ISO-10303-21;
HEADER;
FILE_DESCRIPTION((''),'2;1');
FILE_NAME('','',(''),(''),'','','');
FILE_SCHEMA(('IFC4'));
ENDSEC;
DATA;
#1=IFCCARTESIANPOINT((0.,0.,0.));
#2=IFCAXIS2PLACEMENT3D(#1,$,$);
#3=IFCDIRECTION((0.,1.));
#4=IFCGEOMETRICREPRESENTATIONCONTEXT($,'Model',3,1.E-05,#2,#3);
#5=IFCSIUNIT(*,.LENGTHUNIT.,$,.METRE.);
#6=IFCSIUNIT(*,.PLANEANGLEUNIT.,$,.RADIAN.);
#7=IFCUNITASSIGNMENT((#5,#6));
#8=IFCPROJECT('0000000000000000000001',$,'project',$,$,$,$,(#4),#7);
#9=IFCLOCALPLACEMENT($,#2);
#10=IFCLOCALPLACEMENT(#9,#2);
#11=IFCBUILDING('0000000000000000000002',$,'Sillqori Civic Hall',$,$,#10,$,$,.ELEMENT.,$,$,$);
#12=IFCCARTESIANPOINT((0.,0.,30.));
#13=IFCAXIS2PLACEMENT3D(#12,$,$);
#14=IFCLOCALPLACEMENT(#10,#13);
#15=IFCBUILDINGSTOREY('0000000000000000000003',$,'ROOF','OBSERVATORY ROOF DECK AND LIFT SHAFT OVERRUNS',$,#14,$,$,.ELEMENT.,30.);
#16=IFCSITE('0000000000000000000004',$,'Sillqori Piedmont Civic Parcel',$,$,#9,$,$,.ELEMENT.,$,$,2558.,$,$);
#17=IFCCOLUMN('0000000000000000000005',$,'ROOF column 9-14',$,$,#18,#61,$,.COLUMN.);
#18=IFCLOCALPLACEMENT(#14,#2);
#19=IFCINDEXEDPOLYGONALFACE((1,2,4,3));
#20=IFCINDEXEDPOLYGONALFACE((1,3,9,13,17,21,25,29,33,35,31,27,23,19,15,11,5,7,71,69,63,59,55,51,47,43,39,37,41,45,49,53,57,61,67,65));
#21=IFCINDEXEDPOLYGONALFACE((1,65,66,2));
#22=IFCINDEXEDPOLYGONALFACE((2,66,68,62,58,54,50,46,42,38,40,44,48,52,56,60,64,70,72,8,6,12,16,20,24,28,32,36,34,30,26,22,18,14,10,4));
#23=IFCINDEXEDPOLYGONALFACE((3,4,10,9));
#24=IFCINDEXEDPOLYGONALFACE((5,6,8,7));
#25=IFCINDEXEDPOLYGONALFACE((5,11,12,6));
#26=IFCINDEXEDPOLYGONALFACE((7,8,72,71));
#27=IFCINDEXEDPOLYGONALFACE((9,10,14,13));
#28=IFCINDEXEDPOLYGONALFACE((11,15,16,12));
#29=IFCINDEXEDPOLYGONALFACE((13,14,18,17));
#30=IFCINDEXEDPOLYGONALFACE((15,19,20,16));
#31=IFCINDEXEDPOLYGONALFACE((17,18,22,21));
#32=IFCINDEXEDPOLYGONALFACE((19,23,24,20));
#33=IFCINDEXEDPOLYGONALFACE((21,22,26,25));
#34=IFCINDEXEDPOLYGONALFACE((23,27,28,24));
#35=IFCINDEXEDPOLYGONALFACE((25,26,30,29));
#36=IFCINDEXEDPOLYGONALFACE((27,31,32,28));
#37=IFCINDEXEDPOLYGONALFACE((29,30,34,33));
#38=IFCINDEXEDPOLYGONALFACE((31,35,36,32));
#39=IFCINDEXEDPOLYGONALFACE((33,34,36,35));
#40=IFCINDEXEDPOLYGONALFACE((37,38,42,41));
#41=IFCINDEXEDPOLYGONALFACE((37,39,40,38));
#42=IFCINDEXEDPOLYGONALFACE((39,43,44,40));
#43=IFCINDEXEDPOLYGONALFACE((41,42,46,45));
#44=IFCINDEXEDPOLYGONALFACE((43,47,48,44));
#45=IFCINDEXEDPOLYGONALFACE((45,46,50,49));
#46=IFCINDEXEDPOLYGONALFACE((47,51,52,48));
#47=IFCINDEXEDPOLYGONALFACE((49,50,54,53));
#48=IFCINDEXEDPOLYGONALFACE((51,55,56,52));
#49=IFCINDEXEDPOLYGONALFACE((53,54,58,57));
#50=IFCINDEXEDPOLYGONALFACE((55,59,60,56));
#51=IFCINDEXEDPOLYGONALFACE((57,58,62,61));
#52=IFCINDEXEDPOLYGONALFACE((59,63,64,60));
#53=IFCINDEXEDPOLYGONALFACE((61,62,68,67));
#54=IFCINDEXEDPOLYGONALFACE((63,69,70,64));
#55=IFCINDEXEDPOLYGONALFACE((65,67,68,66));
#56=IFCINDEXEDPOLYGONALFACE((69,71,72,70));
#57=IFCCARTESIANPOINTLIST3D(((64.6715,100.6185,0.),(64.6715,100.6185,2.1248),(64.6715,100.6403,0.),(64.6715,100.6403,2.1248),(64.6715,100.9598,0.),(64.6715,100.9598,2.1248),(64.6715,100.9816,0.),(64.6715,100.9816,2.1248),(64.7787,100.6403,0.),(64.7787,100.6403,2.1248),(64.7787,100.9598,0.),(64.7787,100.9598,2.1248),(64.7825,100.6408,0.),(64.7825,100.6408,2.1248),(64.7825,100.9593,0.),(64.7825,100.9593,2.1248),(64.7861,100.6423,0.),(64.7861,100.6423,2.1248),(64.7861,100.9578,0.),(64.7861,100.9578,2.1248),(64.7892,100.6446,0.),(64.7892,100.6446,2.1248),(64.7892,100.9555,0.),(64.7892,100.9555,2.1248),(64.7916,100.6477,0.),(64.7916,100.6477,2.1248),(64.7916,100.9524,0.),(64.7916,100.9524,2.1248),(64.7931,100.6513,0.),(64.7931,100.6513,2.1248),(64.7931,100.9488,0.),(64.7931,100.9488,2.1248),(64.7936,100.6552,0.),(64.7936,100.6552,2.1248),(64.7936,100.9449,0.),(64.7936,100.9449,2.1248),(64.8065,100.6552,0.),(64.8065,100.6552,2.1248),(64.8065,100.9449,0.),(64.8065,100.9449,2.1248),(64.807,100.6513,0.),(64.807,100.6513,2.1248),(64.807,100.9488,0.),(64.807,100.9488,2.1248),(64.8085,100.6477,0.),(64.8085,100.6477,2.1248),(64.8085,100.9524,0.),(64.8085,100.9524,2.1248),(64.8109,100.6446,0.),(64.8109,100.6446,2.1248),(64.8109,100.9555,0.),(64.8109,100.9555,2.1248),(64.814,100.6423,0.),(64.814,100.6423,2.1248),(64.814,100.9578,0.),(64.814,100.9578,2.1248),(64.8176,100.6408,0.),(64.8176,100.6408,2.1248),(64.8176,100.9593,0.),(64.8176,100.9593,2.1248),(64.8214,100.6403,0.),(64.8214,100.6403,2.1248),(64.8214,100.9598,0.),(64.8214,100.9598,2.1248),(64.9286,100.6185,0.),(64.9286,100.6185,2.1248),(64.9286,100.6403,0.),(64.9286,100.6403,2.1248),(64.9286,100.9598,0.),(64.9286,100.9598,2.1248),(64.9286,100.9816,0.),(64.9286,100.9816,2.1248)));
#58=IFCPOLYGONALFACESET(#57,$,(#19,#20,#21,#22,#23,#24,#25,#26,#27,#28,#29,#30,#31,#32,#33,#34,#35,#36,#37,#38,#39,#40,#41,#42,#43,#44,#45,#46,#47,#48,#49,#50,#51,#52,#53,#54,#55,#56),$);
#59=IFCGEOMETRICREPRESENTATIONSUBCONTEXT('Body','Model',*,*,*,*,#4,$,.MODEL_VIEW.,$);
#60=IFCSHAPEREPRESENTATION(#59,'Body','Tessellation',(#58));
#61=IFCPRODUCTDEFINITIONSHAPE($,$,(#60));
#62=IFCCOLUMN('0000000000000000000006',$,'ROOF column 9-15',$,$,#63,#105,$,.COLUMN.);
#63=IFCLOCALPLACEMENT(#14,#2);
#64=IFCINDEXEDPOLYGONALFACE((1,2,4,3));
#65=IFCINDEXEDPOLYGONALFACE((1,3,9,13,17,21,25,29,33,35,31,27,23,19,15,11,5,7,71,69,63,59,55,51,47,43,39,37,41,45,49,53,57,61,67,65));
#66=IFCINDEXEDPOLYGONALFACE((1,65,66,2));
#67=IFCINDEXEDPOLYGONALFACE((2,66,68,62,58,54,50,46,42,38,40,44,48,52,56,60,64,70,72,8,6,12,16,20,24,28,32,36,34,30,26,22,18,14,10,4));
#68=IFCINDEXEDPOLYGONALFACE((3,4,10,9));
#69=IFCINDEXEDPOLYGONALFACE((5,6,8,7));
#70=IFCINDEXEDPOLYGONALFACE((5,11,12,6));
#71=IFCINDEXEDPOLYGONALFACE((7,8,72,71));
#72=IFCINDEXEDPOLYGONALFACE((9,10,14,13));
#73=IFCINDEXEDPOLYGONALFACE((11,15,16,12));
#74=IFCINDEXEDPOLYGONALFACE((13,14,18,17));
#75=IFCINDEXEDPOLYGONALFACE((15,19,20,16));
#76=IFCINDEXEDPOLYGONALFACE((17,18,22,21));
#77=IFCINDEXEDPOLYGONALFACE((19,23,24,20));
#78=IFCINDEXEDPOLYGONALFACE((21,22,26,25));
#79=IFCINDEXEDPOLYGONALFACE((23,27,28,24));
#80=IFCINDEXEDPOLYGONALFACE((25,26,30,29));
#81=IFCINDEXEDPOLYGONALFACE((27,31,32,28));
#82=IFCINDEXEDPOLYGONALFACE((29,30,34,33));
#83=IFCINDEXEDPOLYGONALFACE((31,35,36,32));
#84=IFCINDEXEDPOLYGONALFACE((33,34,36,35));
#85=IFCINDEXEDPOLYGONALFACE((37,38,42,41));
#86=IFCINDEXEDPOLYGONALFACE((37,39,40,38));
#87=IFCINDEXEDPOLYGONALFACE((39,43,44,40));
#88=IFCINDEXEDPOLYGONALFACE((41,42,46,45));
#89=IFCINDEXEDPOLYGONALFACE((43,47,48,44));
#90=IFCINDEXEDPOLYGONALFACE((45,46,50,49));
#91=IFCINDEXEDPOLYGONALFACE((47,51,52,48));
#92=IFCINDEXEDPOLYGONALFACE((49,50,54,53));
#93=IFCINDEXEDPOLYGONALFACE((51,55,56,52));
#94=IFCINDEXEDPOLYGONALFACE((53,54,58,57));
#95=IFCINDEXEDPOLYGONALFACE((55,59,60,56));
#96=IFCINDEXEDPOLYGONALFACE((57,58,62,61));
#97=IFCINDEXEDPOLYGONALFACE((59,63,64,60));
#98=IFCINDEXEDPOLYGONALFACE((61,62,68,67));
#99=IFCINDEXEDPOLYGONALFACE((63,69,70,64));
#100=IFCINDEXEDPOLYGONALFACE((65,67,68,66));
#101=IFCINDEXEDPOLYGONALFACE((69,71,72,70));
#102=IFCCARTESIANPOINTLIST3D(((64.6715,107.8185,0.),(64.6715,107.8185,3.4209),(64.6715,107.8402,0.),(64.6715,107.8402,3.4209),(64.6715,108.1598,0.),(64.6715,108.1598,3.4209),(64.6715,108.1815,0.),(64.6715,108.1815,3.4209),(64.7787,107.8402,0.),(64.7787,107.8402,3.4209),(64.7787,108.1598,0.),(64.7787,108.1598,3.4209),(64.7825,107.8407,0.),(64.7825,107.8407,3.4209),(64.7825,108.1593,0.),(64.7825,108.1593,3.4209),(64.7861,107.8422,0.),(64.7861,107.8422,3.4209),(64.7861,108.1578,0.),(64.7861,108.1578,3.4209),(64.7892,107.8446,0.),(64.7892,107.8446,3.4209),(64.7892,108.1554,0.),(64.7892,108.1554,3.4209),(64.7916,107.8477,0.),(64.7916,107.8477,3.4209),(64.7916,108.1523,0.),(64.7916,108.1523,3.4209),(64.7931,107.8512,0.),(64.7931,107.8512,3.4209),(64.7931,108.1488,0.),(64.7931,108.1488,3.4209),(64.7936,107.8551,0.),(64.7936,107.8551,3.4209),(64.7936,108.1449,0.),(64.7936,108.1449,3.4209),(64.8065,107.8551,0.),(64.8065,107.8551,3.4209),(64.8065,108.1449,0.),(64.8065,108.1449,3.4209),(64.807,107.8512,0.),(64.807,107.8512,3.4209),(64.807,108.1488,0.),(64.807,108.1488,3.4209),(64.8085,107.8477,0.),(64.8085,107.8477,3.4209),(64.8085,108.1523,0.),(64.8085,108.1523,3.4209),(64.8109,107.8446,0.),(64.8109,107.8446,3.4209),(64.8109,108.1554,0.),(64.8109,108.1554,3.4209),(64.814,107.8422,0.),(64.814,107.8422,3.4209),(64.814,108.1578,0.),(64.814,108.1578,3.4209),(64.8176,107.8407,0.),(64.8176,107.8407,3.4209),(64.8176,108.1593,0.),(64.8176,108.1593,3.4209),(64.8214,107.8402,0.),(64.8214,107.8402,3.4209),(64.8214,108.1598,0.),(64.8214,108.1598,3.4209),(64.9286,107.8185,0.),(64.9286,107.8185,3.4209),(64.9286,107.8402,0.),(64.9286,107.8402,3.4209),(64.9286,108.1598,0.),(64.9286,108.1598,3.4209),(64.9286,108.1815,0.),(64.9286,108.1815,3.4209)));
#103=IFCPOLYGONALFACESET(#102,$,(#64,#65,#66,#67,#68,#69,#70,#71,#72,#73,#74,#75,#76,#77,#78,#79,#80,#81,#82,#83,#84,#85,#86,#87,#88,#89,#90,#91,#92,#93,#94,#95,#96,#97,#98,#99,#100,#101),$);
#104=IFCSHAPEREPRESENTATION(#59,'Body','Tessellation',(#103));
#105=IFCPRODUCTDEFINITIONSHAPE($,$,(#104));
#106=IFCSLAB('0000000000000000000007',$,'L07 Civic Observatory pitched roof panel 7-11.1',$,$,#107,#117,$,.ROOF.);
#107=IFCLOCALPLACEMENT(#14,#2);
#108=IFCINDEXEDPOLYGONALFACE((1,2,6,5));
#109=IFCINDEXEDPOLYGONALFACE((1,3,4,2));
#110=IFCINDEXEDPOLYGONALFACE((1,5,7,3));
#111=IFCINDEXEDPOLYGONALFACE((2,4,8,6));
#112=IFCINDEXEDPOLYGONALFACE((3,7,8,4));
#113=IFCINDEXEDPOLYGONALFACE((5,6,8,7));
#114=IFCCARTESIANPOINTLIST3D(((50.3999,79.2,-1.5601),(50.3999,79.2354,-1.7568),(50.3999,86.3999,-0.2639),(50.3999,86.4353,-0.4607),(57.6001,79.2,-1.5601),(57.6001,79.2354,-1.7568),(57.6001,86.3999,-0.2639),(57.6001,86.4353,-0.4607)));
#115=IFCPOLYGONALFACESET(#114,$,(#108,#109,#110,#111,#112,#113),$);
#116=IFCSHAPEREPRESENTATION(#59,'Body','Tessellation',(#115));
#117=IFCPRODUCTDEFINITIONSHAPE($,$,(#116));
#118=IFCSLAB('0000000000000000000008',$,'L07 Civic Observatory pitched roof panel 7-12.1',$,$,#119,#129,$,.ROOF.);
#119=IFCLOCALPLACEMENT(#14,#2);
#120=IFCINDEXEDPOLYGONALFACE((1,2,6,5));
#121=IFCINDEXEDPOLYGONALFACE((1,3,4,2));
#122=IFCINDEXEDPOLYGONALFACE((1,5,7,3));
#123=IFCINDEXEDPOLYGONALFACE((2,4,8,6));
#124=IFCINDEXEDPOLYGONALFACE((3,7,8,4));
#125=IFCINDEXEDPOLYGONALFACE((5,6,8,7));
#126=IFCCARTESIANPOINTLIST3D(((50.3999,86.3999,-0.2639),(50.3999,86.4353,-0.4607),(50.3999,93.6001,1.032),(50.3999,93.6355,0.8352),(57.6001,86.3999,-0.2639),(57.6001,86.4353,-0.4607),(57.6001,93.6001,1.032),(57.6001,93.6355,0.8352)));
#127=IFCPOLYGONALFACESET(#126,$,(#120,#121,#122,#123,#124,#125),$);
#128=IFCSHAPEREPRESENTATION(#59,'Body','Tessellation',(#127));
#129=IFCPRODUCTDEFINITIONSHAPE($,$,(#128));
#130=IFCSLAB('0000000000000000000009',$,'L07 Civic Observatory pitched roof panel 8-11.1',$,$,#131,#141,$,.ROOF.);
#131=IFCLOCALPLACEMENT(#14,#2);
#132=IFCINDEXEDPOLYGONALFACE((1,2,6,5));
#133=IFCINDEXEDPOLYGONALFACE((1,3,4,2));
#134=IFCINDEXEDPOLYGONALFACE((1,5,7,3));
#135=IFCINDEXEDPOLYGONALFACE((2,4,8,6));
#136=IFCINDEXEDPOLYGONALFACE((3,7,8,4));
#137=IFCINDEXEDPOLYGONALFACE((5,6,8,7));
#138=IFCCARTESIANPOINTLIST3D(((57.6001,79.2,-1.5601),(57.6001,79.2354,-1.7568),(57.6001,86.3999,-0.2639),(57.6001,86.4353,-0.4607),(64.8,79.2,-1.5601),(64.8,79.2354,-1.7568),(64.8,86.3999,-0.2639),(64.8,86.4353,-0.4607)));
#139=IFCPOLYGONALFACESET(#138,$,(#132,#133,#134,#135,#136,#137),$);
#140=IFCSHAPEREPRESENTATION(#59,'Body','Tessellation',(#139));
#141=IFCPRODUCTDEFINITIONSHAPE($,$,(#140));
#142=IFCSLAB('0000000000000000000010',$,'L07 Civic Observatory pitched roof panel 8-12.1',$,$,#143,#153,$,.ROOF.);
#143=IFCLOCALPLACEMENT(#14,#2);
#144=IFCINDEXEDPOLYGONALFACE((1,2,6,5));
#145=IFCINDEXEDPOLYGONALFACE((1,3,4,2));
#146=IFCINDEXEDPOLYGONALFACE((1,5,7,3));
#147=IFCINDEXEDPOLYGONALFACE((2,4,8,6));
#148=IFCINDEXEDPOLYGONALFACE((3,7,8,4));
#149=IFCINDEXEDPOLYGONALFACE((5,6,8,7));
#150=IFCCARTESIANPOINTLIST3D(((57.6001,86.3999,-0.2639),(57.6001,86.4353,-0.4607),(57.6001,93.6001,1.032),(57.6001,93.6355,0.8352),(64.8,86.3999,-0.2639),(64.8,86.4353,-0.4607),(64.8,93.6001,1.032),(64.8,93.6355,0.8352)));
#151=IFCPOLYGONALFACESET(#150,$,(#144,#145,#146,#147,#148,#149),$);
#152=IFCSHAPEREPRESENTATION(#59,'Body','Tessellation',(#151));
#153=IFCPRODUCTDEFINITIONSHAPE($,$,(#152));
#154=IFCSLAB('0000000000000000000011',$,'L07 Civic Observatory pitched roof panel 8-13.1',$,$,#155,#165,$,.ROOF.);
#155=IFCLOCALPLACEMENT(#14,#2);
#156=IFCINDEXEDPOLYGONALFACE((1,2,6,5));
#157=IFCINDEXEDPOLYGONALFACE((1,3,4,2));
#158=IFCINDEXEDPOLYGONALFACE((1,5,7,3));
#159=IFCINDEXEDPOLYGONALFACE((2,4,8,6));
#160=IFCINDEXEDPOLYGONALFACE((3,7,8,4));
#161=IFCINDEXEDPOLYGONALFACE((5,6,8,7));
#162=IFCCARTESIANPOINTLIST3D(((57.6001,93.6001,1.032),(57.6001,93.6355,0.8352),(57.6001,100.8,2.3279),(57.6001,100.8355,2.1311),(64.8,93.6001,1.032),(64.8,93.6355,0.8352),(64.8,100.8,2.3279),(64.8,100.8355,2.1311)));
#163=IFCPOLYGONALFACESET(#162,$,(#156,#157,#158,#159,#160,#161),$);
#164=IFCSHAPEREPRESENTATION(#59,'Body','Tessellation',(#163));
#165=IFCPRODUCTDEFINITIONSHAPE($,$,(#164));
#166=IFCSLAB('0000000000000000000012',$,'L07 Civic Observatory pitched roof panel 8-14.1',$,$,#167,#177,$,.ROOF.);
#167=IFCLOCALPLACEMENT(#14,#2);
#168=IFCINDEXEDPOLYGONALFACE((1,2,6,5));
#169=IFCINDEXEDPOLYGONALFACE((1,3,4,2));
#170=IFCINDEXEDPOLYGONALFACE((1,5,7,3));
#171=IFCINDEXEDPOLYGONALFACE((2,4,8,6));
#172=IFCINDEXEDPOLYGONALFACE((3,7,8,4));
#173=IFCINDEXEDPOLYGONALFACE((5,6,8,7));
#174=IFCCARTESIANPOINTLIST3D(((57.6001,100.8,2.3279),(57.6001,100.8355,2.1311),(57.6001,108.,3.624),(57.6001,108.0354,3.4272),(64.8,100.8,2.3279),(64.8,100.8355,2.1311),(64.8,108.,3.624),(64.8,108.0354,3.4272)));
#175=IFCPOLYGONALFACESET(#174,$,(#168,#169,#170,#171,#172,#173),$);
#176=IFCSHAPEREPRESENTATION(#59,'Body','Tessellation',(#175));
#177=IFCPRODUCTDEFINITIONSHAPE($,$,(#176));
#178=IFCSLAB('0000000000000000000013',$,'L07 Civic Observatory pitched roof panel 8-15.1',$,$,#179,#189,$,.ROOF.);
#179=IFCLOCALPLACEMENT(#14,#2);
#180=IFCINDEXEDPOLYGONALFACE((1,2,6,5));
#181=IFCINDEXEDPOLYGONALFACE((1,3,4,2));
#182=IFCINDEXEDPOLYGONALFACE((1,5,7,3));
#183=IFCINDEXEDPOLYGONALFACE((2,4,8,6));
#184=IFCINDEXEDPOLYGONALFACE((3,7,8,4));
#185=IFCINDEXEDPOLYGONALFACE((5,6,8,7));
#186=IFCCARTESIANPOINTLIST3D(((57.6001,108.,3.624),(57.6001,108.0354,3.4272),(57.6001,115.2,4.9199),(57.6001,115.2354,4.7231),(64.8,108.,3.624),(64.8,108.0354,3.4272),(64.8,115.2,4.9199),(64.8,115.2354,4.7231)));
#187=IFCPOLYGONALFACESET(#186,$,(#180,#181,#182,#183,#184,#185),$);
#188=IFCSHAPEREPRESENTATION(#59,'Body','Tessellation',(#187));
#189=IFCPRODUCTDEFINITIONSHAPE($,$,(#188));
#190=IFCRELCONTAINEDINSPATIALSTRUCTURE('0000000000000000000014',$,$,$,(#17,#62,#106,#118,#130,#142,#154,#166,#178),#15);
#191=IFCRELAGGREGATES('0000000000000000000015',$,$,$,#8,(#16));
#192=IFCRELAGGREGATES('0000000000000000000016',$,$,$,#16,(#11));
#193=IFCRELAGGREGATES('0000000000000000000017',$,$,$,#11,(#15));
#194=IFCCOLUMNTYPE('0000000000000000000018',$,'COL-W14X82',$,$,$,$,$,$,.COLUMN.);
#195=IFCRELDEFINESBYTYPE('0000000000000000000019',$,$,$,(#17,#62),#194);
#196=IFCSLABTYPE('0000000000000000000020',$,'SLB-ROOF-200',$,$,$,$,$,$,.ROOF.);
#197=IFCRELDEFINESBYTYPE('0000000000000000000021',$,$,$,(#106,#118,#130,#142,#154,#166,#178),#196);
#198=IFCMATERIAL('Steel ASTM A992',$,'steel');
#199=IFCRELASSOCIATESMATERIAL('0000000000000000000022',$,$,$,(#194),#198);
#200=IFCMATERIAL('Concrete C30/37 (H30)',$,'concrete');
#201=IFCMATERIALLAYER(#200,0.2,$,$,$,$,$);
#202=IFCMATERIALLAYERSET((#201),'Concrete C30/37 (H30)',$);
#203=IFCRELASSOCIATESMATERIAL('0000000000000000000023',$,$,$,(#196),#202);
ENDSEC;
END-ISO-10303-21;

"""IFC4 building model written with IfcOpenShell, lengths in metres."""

from ifc_helpers import new_model, si_unit, direction, frame, origin, origin_2d, place, context, subcontext, project, spatial, polyline, i_section, outline, extrude, material, layer, layer_set, material_profile, profile_set, type_object, element, save


model = new_model("IFC4")

# Units and contexts
model_context = context("Model", 3, precision=1e-05, world=origin(), true_north=direction((0.0, 1.0)))
body_context = subcontext(model_context, "Body", "Model", "MODEL_VIEW")
ifc_project = project(units=[si_unit("LENGTHUNIT", "METRE"), si_unit("PLANEANGLEUNIT", "RADIAN")], contexts=[model_context])

# Site, building, storey
site_placement = place(None, origin())
site = spatial("IfcSite", under=ifc_project, at=site_placement, Name="Sillqori Piedmont Civic Parcel", CompositionType="ELEMENT", RefElevation=2558.0)
building_placement = place(site_placement, origin())
building = spatial("IfcBuilding", under=site, at=building_placement, Name="Sillqori Civic Hall", CompositionType="ELEMENT")
storey_placement = place(building_placement, frame((0.0, 0.0, 30.0)))
storey = spatial("IfcBuildingStorey", under=building, at=storey_placement, Name="ROOF", Description="OBSERVATORY ROOF DECK AND LIFT SHAFT OVERRUNS", CompositionType="ELEMENT", Elevation=30.0)

# Columns
ifc_material_1 = material(Name="Steel ASTM A992", Category="steel")
ifc_material_profile_1 = material_profile(ifc_material_1, i_section(OverallWidth=0.2571, OverallDepth=0.363, WebThickness=0.0129, FlangeThickness=0.0217, FilletRadius=0.0149, at=origin_2d()), Name="W14X82")
ifc_profile_set_1 = profile_set([ifc_material_profile_1], Name="Steel ASTM A992")
column_type_1 = type_object("IfcColumnType", Name="COL-W14X82", PredefinedType="COLUMN", material=ifc_profile_set_1)
column_1_placement = place(storey_placement, frame((64.8, 100.8, 0.0), z_axis=(0.0, 0.0, 1.0), x_axis=(1.0, 0.0, 0.0)))
element("IfcColumn", 1, at=column_1_placement, inside=storey, type_object=column_type_1, Name="ROOF column 9-14", PredefinedType="COLUMN", context=body_context, shape_type="SweptSolid", body=[
    extrude(i_section(OverallWidth=0.2571, OverallDepth=0.363, WebThickness=0.0129, FlangeThickness=0.0217, FilletRadius=0.0149, at=origin_2d()), origin(), (0.0, 0.0, 1.0), 2.1248),
])
column_2_placement = place(storey_placement, frame((64.8, 108.0, 0.0), z_axis=(0.0, 0.0, 1.0), x_axis=(1.0, 0.0, 0.0)))
element("IfcColumn", 2, at=column_2_placement, inside=storey, type_object=column_type_1, Name="ROOF column 9-15", PredefinedType="COLUMN", context=body_context, shape_type="SweptSolid", body=[
    extrude(i_section(OverallWidth=0.2571, OverallDepth=0.363, WebThickness=0.0129, FlangeThickness=0.0217, FilletRadius=0.0149, at=origin_2d()), origin(), (0.0, 0.0, 1.0), 3.4209),
])

# Slabs
ifc_material_2 = material(Name="Concrete C30/37 (H30)", Category="concrete")
ifc_layer = layer(ifc_material_2, 0.2)
ifc_layer_set = layer_set([ifc_layer], Name="Concrete C30/37 (H30)")
slab_type = type_object("IfcSlabType", Name="SLB-ROOF-200", PredefinedType="ROOF", material=ifc_layer_set)
slab_1_placement = place(storey_placement, frame((50.3999, 79.2, -1.5601), z_axis=(0.0, -0.177173, 0.98418), x_axis=(1.0, 0.0, 0.0)))
element("IfcSlab", 3, at=slab_1_placement, inside=storey, type_object=slab_type, Name="L07 Civic Observatory pitched roof panel 7-11.1", PredefinedType="ROOF", context=body_context, shape_type="SweptSolid", body=[
    extrude(outline(polyline([(0.0, 0.0), (7.2002, 0.0), (7.2002, 7.3157), (0.0, 7.3157), (0.0, 0.0)])), origin(), (0.0, 0.0, -1.0), 0.2),
])
slab_2_placement = place(storey_placement, frame((50.3999, 86.3999, -0.2639), z_axis=(0.0, -0.177135, 0.984187), x_axis=(1.0, 0.0, 0.0)))
element("IfcSlab", 4, at=slab_2_placement, inside=storey, type_object=slab_type, Name="L07 Civic Observatory pitched roof panel 7-12.1", PredefinedType="ROOF", context=body_context, shape_type="SweptSolid", body=[
    extrude(outline(polyline([(0.0, 0.0), (7.2002, 0.0), (7.2002, 7.3159), (0.0, 7.3159), (0.0, 0.0)])), origin(), (0.0, 0.0, -1.0), 0.2),
])
slab_3_placement = place(storey_placement, frame((57.6001, 79.2, -1.5601), z_axis=(0.0, -0.177173, 0.98418), x_axis=(1.0, 0.0, 0.0)))
element("IfcSlab", 5, at=slab_3_placement, inside=storey, type_object=slab_type, Name="L07 Civic Observatory pitched roof panel 8-11.1", PredefinedType="ROOF", context=body_context, shape_type="SweptSolid", body=[
    extrude(outline(polyline([(0.0, 0.0), (7.2, 0.0), (7.2, 7.3157), (0.0, 7.3157), (0.0, 0.0)])), origin(), (0.0, 0.0, -1.0), 0.2),
])
slab_4_placement = place(storey_placement, frame((57.6001, 86.3999, -0.2639), z_axis=(0.0, -0.177135, 0.984187), x_axis=(1.0, 0.0, 0.0)))
element("IfcSlab", 6, at=slab_4_placement, inside=storey, type_object=slab_type, Name="L07 Civic Observatory pitched roof panel 8-12.1", PredefinedType="ROOF", context=body_context, shape_type="SweptSolid", body=[
    extrude(outline(polyline([(0.0, 0.0), (7.2, 0.0), (7.2, 7.3159), (0.0, 7.3159), (0.0, 0.0)])), origin(), (0.0, 0.0, -1.0), 0.2),
])
slab_5_placement = place(storey_placement, frame((57.6001, 93.6001, 1.032), z_axis=(0.0, -0.177141, 0.984186), x_axis=(1.0, 0.0, 0.0)))
element("IfcSlab", 7, at=slab_5_placement, inside=storey, type_object=slab_type, Name="L07 Civic Observatory pitched roof panel 8-13.1", PredefinedType="ROOF", context=body_context, shape_type="SweptSolid", body=[
    extrude(outline(polyline([(0.0, 0.0), (7.2, 0.0), (7.2, 7.3156), (0.0, 7.3156), (0.0, 0.0)])), origin(), (0.0, 0.0, -1.0), 0.2),
])
slab_6_placement = place(storey_placement, frame((57.6001, 100.8, 2.3279), z_axis=(0.0, -0.177173, 0.98418), x_axis=(1.0, 0.0, 0.0)))
element("IfcSlab", 8, at=slab_6_placement, inside=storey, type_object=slab_type, Name="L07 Civic Observatory pitched roof panel 8-14.1", PredefinedType="ROOF", context=body_context, shape_type="SweptSolid", body=[
    extrude(outline(polyline([(0.0, 0.0), (7.2, 0.0), (7.2, 7.3157), (0.0, 7.3157), (0.0, 0.0)])), origin(), (0.0, 0.0, -1.0), 0.2),
])
slab_7_placement = place(storey_placement, frame((57.6001, 108.0, 3.624), z_axis=(0.0, -0.177141, 0.984186), x_axis=(1.0, 0.0, 0.0)))
element("IfcSlab", 9, at=slab_7_placement, inside=storey, type_object=slab_type, Name="L07 Civic Observatory pitched roof panel 8-15.1", PredefinedType="ROOF", context=body_context, shape_type="SweptSolid", body=[
    extrude(outline(polyline([(0.0, 0.0), (7.2, 0.0), (7.2, 7.3156), (0.0, 7.3156), (0.0, 0.0)])), origin(), (0.0, 0.0, -1.0), 0.2),
])

save(model, "model.ifc")
